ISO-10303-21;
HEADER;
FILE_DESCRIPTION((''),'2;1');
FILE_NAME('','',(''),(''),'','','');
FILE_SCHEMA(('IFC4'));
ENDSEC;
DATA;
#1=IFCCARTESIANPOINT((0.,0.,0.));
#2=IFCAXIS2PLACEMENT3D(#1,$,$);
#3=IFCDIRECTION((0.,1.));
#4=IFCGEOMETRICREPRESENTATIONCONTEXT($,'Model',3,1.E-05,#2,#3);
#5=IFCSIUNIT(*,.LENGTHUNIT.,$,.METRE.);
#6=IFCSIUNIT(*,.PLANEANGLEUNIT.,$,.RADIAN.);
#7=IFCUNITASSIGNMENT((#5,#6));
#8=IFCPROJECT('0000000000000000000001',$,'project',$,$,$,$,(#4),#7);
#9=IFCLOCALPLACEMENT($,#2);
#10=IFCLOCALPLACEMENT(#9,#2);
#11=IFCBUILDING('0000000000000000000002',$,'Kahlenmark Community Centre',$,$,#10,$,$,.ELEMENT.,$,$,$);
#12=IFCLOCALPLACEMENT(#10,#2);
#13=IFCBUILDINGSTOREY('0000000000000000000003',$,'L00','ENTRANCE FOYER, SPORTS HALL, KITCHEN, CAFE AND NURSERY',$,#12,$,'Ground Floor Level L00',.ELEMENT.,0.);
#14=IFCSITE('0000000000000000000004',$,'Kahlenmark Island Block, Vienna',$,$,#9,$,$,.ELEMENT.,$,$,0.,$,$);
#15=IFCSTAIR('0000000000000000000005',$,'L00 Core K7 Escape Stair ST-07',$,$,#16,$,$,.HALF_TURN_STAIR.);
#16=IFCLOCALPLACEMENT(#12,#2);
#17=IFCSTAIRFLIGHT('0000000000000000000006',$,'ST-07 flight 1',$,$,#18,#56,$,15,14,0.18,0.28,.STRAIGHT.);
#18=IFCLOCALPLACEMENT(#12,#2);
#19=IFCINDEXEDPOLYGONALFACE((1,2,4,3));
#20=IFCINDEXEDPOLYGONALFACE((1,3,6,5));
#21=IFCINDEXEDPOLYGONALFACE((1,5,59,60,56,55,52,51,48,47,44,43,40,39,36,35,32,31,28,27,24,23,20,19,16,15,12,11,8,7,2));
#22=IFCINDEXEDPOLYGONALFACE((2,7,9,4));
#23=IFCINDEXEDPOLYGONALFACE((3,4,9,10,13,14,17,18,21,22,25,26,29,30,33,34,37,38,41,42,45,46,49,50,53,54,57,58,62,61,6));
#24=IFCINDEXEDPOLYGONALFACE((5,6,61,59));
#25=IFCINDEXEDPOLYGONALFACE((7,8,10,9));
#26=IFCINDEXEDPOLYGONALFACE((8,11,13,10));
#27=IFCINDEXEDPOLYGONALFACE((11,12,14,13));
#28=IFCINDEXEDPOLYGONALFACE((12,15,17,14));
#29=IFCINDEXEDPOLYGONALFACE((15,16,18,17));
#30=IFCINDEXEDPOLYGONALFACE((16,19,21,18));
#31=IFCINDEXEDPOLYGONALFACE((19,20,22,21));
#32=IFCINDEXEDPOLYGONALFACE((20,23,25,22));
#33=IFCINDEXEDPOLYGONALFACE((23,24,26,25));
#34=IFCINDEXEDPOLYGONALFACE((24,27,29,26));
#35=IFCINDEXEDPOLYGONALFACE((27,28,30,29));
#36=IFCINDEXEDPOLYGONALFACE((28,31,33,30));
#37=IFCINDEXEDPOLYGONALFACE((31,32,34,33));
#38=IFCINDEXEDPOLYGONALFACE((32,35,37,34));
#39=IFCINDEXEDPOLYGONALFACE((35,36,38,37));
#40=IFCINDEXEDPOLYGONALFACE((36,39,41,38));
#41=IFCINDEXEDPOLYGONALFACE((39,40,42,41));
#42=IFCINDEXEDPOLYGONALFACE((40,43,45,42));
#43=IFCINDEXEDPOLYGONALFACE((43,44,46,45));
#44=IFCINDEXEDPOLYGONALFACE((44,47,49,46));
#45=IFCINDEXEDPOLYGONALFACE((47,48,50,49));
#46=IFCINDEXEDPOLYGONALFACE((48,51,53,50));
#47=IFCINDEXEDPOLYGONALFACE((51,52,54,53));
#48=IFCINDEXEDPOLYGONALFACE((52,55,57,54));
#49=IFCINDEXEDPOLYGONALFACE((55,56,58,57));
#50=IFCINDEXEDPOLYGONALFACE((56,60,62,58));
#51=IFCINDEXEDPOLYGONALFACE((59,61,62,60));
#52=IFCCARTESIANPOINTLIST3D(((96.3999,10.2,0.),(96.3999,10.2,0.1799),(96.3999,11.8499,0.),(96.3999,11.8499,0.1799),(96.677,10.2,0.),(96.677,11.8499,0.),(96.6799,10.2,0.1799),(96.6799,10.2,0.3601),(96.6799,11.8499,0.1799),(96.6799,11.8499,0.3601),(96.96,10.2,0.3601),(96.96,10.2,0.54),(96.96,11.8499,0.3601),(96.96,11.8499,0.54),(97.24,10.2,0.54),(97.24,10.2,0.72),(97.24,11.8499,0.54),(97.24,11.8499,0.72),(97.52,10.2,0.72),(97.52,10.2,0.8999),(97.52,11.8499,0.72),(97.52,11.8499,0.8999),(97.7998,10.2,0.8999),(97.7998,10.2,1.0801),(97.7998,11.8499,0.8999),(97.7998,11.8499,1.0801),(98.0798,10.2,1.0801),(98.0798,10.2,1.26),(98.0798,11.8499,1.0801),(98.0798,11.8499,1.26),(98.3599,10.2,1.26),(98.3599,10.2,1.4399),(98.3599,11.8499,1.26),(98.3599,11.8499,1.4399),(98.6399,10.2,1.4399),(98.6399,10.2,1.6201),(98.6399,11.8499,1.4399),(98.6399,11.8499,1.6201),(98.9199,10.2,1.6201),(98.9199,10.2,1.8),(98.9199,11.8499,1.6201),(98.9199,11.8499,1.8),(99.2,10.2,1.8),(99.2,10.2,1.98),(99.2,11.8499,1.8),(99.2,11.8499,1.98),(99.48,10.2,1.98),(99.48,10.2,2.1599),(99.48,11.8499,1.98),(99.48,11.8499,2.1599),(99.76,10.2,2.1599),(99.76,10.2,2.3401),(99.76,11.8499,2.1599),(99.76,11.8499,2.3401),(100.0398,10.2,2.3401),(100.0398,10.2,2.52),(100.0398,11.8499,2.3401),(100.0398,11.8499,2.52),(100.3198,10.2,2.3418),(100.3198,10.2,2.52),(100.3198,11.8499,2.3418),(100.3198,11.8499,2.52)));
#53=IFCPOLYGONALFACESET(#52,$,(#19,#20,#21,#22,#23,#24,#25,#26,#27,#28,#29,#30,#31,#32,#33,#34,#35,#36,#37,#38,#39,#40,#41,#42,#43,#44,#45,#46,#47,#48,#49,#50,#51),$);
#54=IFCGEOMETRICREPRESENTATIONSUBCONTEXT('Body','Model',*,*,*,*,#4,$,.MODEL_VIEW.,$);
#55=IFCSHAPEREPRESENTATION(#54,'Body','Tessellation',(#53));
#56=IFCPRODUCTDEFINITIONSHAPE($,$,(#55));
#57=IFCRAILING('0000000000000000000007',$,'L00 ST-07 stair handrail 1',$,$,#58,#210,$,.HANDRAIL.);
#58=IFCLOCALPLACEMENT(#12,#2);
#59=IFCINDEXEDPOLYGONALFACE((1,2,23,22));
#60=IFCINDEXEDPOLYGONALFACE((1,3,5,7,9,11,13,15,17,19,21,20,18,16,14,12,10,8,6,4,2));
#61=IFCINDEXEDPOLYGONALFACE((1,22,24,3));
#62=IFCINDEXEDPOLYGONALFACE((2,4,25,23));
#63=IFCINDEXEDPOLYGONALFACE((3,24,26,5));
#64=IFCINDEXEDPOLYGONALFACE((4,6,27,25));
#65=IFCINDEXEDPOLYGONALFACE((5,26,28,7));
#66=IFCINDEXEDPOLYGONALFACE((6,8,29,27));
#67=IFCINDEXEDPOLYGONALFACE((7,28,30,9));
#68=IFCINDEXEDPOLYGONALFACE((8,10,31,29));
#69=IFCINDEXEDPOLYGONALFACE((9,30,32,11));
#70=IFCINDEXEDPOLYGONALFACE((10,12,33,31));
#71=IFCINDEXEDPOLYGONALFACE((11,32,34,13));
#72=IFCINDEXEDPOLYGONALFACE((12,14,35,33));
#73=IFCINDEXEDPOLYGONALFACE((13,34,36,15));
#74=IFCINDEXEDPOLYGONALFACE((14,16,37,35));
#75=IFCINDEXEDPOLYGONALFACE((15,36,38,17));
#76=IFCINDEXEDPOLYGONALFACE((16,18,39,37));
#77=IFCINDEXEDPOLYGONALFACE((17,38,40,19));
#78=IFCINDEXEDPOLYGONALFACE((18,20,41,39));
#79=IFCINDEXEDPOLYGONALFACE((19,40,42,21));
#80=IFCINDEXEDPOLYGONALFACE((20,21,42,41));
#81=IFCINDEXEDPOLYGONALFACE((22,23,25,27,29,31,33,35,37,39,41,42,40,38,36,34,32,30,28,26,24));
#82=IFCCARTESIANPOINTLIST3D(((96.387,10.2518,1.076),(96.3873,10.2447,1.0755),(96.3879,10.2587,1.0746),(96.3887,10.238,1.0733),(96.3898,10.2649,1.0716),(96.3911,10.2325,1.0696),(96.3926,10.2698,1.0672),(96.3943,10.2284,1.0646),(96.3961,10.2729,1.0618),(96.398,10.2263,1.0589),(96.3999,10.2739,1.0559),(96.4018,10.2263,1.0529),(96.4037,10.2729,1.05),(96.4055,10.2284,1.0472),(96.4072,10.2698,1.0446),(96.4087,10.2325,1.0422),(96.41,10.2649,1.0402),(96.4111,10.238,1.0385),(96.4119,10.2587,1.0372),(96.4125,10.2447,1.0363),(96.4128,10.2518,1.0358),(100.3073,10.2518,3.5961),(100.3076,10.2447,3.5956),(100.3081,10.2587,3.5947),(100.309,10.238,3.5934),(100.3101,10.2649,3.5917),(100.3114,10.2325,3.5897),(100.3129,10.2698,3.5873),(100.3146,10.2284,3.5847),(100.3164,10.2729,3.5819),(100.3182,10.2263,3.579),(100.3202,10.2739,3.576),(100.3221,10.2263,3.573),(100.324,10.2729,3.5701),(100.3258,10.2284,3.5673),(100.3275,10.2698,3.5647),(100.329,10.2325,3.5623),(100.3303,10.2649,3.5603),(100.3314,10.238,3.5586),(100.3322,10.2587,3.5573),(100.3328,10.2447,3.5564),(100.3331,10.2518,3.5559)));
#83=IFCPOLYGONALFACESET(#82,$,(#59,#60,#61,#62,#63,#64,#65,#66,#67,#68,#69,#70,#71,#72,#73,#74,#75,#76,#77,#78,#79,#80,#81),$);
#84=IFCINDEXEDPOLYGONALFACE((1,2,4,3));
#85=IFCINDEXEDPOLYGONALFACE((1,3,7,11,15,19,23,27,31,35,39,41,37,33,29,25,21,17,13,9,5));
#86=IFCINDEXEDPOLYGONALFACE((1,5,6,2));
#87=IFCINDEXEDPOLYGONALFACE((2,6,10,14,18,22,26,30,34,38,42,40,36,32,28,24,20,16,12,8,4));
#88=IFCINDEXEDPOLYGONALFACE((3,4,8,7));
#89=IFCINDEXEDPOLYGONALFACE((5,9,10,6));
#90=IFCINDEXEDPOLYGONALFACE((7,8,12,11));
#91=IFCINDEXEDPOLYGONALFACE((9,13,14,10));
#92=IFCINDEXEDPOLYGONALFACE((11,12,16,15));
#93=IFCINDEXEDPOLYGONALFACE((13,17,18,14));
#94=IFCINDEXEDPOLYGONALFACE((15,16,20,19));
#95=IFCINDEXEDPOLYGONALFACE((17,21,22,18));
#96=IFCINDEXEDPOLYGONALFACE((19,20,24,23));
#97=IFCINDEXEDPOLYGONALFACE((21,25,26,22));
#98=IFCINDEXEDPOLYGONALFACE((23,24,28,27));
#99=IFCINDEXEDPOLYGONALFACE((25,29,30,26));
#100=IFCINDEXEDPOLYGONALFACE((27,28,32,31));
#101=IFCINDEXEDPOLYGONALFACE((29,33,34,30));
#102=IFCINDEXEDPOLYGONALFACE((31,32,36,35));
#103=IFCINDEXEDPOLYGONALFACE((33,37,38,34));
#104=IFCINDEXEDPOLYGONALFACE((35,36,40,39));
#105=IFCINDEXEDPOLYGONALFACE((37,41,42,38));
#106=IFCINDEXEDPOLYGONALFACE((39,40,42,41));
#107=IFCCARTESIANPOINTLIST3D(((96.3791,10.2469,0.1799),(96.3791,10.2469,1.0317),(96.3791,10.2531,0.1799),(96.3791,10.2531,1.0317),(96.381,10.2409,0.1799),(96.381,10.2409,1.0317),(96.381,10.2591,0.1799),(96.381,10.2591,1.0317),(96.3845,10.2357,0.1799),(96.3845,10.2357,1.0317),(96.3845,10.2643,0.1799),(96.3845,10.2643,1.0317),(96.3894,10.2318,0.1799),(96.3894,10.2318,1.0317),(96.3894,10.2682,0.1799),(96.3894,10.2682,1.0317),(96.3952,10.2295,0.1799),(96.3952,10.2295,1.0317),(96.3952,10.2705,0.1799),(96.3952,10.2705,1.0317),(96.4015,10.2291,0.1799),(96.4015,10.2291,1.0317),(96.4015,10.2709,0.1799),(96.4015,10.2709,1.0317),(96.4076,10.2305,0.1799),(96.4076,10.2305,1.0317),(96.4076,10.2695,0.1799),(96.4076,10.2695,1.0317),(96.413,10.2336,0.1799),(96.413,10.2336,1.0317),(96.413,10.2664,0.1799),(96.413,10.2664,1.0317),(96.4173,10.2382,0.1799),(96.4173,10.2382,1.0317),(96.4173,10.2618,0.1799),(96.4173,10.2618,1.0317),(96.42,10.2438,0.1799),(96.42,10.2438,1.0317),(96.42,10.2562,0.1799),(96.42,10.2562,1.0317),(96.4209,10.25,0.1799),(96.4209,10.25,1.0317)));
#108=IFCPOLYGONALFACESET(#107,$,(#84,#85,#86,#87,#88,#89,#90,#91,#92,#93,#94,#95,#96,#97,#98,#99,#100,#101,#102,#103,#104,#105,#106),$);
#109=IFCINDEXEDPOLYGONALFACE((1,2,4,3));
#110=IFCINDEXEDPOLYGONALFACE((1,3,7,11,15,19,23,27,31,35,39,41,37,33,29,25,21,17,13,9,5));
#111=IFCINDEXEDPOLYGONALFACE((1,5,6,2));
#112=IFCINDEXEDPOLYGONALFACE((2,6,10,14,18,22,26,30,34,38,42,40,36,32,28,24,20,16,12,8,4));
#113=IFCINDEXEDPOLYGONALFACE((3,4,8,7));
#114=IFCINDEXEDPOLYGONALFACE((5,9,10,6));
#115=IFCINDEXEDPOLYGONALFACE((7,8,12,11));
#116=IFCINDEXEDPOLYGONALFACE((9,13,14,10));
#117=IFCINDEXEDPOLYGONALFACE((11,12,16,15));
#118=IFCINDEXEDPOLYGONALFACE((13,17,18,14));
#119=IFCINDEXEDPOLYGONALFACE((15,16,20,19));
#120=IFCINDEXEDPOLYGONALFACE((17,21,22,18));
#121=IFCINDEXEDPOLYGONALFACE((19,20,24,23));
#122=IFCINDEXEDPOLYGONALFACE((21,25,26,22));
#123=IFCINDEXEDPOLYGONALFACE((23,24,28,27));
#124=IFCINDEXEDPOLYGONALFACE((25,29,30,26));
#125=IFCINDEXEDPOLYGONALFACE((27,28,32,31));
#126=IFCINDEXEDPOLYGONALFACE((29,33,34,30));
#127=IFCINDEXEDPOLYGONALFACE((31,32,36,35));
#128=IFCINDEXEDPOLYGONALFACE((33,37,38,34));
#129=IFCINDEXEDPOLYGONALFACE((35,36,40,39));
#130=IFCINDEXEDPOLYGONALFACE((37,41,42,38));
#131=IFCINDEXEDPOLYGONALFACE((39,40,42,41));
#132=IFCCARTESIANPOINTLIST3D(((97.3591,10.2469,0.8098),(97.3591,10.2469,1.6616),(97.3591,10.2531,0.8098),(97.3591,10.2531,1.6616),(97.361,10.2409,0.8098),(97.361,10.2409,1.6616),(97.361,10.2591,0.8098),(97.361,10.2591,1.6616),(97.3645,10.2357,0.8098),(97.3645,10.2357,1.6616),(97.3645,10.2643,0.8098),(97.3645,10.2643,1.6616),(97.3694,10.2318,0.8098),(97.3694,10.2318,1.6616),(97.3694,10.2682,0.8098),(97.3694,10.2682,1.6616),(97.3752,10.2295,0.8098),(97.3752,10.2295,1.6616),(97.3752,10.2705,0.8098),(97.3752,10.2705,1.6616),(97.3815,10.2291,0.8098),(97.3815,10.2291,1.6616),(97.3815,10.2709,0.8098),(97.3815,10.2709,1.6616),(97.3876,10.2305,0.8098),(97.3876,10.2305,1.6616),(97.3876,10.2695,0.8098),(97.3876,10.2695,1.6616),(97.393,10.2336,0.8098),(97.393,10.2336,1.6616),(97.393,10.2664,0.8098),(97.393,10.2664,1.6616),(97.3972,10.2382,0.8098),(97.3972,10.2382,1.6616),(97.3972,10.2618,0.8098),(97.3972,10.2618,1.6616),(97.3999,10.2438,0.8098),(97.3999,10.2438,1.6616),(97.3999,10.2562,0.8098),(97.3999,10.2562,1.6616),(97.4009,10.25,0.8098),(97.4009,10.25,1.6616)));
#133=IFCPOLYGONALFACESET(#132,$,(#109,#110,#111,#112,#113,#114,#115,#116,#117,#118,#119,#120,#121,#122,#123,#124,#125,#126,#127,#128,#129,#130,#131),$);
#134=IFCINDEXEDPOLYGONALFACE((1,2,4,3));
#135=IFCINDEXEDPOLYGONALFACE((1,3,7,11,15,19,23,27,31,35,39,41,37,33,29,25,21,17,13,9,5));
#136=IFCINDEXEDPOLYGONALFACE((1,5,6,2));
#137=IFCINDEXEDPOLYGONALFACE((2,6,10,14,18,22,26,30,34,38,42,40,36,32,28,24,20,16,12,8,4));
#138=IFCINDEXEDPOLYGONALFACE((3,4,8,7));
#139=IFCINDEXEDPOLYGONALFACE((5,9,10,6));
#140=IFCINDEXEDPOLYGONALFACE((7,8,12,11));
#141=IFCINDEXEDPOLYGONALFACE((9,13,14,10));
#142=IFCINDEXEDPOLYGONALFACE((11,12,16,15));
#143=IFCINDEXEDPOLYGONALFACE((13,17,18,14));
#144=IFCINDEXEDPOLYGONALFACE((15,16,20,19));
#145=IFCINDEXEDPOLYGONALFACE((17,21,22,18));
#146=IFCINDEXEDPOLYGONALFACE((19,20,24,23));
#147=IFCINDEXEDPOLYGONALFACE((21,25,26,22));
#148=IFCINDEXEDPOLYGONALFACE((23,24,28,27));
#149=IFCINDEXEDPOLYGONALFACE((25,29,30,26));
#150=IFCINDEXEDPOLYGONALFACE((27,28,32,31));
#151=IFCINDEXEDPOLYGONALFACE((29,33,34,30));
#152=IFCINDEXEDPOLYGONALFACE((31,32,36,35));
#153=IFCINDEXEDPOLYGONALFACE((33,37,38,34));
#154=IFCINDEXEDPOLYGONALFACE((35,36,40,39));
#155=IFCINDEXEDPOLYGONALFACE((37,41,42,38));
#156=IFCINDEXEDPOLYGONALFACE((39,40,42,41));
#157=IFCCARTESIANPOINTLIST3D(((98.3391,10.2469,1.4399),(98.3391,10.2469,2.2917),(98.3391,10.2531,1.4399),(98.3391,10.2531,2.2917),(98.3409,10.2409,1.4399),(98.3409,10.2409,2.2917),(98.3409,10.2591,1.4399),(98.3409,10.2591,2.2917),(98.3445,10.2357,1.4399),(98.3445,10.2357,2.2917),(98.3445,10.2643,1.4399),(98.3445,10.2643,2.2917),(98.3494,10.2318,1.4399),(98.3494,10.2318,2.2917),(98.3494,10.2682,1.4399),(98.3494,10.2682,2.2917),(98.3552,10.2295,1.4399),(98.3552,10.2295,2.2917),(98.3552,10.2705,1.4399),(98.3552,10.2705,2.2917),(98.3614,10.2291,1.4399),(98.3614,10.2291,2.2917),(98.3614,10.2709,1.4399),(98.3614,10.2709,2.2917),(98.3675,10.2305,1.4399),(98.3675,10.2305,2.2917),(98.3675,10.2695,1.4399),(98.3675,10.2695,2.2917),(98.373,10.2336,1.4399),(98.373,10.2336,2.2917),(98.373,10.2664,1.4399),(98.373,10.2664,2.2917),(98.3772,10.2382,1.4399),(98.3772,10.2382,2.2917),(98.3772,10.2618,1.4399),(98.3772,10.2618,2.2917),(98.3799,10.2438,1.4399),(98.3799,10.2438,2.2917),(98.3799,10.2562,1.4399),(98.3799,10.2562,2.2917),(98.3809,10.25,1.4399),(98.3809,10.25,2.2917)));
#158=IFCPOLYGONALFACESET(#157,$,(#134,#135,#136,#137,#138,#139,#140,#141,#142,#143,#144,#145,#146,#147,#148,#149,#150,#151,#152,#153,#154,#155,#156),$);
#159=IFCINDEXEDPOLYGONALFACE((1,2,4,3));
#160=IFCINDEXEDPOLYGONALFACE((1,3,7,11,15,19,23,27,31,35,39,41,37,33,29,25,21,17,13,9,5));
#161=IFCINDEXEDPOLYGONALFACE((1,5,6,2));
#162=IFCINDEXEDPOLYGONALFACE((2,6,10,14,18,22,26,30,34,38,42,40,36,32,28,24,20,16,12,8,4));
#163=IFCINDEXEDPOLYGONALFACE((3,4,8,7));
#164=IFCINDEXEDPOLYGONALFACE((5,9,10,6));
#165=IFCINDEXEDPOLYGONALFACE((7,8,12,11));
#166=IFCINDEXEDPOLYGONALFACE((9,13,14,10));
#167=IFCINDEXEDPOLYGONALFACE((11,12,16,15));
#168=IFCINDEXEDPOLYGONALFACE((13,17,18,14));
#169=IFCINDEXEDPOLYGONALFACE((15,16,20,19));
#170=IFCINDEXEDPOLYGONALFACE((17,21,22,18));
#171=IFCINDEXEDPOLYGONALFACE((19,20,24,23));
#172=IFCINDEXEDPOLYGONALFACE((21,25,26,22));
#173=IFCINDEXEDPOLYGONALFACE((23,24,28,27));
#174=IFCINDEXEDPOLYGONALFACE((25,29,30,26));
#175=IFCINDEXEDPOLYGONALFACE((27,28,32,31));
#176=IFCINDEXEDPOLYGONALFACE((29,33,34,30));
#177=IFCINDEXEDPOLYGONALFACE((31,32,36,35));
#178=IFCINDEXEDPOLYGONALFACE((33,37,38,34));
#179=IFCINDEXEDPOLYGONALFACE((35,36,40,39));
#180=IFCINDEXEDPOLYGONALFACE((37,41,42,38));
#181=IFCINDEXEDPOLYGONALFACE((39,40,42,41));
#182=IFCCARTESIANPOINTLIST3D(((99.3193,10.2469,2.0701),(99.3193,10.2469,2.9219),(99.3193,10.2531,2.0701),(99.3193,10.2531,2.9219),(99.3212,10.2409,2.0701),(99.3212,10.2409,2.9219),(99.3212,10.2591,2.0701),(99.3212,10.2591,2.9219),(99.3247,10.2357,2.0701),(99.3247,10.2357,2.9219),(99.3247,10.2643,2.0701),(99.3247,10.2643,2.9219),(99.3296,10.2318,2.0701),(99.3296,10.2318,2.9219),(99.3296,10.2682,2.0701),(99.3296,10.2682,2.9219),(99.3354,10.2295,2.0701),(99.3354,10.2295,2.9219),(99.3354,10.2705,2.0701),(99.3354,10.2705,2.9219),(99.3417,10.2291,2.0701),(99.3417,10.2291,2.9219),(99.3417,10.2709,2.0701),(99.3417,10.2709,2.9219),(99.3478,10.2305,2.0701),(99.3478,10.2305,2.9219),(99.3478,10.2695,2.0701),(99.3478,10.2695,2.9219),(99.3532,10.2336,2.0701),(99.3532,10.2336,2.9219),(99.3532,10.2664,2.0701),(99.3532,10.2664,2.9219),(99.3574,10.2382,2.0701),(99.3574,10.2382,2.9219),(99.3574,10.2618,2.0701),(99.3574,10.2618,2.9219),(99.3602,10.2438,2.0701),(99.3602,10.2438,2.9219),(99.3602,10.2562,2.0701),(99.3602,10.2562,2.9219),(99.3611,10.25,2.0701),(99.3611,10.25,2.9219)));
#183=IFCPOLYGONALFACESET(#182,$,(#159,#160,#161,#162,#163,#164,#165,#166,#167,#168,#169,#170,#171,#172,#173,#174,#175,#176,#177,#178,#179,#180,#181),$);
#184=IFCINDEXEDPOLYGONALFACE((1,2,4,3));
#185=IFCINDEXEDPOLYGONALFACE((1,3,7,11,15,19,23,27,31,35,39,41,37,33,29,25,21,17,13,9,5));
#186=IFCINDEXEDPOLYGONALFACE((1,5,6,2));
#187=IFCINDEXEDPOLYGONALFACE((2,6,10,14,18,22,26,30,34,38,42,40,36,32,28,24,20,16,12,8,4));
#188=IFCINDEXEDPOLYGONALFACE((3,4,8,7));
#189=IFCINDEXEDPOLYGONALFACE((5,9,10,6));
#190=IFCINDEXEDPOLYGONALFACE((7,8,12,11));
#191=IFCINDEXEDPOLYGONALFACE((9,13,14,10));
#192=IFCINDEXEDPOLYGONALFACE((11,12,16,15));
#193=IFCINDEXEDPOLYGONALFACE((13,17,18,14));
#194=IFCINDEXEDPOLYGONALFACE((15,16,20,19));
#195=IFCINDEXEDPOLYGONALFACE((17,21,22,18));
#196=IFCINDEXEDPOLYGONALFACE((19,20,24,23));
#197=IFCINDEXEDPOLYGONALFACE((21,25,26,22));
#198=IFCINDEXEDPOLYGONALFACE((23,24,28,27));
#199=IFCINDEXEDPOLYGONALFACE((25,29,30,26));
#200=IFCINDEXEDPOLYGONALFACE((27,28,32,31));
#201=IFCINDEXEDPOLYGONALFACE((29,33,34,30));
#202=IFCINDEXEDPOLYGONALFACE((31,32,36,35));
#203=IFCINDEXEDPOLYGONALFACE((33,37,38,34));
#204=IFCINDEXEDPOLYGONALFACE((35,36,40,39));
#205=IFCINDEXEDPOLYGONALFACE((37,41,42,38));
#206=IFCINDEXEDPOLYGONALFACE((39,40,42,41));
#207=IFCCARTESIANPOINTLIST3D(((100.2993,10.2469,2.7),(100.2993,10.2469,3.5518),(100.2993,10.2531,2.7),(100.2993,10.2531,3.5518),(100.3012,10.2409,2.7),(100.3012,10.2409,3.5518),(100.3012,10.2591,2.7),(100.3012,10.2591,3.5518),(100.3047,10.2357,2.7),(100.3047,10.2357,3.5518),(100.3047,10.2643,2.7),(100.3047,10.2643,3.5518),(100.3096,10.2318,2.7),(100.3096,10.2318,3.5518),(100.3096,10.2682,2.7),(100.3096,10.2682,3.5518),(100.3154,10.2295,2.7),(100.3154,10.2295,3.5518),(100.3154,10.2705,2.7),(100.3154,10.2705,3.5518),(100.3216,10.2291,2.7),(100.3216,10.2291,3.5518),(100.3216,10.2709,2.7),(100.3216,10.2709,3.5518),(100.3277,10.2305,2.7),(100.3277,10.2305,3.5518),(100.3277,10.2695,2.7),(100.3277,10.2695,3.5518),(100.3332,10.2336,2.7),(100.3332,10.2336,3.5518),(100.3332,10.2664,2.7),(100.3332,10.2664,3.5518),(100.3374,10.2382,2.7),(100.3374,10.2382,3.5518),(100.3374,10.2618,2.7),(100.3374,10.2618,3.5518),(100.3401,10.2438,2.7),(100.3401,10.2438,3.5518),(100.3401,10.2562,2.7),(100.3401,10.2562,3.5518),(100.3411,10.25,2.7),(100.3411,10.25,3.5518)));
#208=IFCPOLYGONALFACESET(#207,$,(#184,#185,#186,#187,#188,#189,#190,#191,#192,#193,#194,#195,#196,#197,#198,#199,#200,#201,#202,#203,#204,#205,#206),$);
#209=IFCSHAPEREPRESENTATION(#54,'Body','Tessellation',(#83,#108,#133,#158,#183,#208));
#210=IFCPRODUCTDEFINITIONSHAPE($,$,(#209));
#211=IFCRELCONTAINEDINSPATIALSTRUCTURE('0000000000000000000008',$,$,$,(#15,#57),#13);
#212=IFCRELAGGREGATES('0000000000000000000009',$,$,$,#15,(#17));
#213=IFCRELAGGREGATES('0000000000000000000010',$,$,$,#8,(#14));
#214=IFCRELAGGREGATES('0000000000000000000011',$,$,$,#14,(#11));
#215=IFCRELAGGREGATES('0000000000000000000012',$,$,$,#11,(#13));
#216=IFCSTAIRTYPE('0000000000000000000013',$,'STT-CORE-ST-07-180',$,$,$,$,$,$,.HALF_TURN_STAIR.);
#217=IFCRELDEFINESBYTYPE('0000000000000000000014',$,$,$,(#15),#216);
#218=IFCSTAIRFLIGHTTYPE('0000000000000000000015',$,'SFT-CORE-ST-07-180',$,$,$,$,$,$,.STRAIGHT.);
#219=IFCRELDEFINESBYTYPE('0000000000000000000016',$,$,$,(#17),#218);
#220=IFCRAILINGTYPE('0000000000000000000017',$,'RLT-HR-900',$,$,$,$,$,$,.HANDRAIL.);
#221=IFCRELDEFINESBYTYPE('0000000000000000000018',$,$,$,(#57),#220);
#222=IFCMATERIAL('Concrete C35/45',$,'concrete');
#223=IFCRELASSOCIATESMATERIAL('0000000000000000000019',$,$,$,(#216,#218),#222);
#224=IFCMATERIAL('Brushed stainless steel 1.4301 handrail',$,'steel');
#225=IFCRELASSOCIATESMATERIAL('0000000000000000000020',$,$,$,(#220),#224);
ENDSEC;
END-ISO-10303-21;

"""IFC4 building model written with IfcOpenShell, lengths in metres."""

from ifc_helpers import new_model, si_unit, direction, frame, origin, origin_2d, place, context, subcontext, project, spatial, polyline, circle, outline, extrude, material, type_object, element, aggregate, save


model = new_model("IFC4")

# Units and contexts
model_context = context("Model", 3, precision=1e-05, world=origin(), true_north=direction((0.0, 1.0)))
body_context = subcontext(model_context, "Body", "Model", "MODEL_VIEW")
ifc_project = project(units=[si_unit("LENGTHUNIT", "METRE"), si_unit("PLANEANGLEUNIT", "RADIAN")], contexts=[model_context])

# Site, building, storey
site_placement = place(None, origin())
site = spatial("IfcSite", under=ifc_project, at=site_placement, Name="Kahlenmark Island Block, Vienna", CompositionType="ELEMENT", RefElevation=0.0)
building_placement = place(site_placement, origin())
building = spatial("IfcBuilding", under=site, at=building_placement, Name="Kahlenmark Community Centre", CompositionType="ELEMENT")
storey_placement = place(building_placement, origin())
storey = spatial("IfcBuildingStorey", under=building, at=storey_placement, Name="L00", Description="ENTRANCE FOYER, SPORTS HALL, KITCHEN, CAFE AND NURSERY", LongName="Ground Floor Level L00", CompositionType="ELEMENT", Elevation=0.0)

# Shared definitions
ifc_material_1 = material(Name="Concrete C35/45", Category="concrete")

# Stair, stair flight
stair_type = type_object("IfcStairType", Name="STT-CORE-ST-07-180", PredefinedType="HALF_TURN_STAIR", material=ifc_material_1)
stair_placement = place(storey_placement, origin())
stair = element("IfcStair", 1, at=stair_placement, inside=storey, type_object=stair_type, Name="L00 Core K7 Escape Stair ST-07", PredefinedType="HALF_TURN_STAIR")
stair_flight_type = type_object("IfcStairFlightType", Name="SFT-CORE-ST-07-180", PredefinedType="STRAIGHT", material=ifc_material_1)
stair_flight_placement = place(storey_placement, frame((96.3999, 11.0249, 0.0), z_axis=(0.0, 0.0, 1.0), x_axis=(1.0, 0.0, 0.0)))
stair_flight = element("IfcStairFlight", 2, at=stair_flight_placement, type_object=stair_flight_type, Name="ST-07 flight 1", NumberOfRisers=15, NumberOfTreads=14, PredefinedType="STRAIGHT", RiserHeight=0.18, TreadLength=0.28, context=body_context, shape_type="SweptSolid", body=[
    extrude(outline(polyline([(0.0, 0.0), (0.0, 0.1799), (0.28, 0.1799), (0.28, 0.3601), (0.5601, 0.3601), (0.5601, 0.54), (0.8401, 0.54), (0.8401, 0.72), (1.1201, 0.72), (1.1201, 0.8999), (1.3999, 0.8999), (1.3999, 1.0801), (1.6799, 1.0801), (1.6799, 1.26), (1.96, 1.26), (1.96, 1.4399), (2.24, 1.4399), (2.24, 1.6201), (2.52, 1.6201), (2.52, 1.8), (2.8, 1.8), (2.8, 1.98), (3.0801, 1.98), (3.0801, 2.1599), (3.3601, 2.1599), (3.3601, 2.3401), (3.6399, 2.3401), (3.6399, 2.52), (3.9199, 2.52), (3.9199, 2.7), (3.9199, 2.3418), (0.2771, 0.0), (0.0, 0.0)])), frame((0.0, 0.825, 0.0), z_axis=(0.0, -1.0, 0.0), x_axis=(1.0, 0.0, 0.0)), (0.0, 0.0, 1.0), 1.6499),
])
aggregate(stair, [stair_flight])

# Railing
ifc_material_2 = material(Name="Brushed stainless steel 1.4301 handrail", Category="steel")
railing_type_1 = type_object("IfcRailingType", Name="RLT-HR-900", PredefinedType="HANDRAIL", material=ifc_material_2)
railing_1_placement = place(storey_placement, frame((96.3999, 10.25, 0.1799)))
element("IfcRailing", 3, at=railing_1_placement, inside=storey, type_object=railing_type_1, Name="L00 ST-07 stair handrail 1", PredefinedType="HANDRAIL", context=body_context, shape_type="SweptSolid", body=[
    extrude(circle(Radius=0.0239, at=origin_2d()), frame((0.0, 0.0, 0.876), z_axis=(0.841187, 0.0, 0.540744), x_axis=(0.0, 1.0, 0.0)), (0.0, 0.0, 1.0), 4.6604),
    extrude(circle(Radius=0.021, at=origin_2d()), origin(), (0.0, 0.0, 1.0), 0.8518),
    extrude(circle(Radius=0.021, at=origin_2d()), frame((0.98, 0.0, 0.6299)), (0.0, 0.0, 1.0), 0.8518),
    extrude(circle(Radius=0.021, at=origin_2d()), frame((1.96, 0.0, 1.26)), (0.0, 0.0, 1.0), 0.8518),
    extrude(circle(Radius=0.021, at=origin_2d()), frame((2.9402, 0.0, 1.8901)), (0.0, 0.0, 1.0), 0.8518),
    extrude(circle(Radius=0.021, at=origin_2d()), frame((3.9202, 0.0, 2.52)), (0.0, 0.0, 1.0), 0.8518),
])

save(model, "model.ifc")
